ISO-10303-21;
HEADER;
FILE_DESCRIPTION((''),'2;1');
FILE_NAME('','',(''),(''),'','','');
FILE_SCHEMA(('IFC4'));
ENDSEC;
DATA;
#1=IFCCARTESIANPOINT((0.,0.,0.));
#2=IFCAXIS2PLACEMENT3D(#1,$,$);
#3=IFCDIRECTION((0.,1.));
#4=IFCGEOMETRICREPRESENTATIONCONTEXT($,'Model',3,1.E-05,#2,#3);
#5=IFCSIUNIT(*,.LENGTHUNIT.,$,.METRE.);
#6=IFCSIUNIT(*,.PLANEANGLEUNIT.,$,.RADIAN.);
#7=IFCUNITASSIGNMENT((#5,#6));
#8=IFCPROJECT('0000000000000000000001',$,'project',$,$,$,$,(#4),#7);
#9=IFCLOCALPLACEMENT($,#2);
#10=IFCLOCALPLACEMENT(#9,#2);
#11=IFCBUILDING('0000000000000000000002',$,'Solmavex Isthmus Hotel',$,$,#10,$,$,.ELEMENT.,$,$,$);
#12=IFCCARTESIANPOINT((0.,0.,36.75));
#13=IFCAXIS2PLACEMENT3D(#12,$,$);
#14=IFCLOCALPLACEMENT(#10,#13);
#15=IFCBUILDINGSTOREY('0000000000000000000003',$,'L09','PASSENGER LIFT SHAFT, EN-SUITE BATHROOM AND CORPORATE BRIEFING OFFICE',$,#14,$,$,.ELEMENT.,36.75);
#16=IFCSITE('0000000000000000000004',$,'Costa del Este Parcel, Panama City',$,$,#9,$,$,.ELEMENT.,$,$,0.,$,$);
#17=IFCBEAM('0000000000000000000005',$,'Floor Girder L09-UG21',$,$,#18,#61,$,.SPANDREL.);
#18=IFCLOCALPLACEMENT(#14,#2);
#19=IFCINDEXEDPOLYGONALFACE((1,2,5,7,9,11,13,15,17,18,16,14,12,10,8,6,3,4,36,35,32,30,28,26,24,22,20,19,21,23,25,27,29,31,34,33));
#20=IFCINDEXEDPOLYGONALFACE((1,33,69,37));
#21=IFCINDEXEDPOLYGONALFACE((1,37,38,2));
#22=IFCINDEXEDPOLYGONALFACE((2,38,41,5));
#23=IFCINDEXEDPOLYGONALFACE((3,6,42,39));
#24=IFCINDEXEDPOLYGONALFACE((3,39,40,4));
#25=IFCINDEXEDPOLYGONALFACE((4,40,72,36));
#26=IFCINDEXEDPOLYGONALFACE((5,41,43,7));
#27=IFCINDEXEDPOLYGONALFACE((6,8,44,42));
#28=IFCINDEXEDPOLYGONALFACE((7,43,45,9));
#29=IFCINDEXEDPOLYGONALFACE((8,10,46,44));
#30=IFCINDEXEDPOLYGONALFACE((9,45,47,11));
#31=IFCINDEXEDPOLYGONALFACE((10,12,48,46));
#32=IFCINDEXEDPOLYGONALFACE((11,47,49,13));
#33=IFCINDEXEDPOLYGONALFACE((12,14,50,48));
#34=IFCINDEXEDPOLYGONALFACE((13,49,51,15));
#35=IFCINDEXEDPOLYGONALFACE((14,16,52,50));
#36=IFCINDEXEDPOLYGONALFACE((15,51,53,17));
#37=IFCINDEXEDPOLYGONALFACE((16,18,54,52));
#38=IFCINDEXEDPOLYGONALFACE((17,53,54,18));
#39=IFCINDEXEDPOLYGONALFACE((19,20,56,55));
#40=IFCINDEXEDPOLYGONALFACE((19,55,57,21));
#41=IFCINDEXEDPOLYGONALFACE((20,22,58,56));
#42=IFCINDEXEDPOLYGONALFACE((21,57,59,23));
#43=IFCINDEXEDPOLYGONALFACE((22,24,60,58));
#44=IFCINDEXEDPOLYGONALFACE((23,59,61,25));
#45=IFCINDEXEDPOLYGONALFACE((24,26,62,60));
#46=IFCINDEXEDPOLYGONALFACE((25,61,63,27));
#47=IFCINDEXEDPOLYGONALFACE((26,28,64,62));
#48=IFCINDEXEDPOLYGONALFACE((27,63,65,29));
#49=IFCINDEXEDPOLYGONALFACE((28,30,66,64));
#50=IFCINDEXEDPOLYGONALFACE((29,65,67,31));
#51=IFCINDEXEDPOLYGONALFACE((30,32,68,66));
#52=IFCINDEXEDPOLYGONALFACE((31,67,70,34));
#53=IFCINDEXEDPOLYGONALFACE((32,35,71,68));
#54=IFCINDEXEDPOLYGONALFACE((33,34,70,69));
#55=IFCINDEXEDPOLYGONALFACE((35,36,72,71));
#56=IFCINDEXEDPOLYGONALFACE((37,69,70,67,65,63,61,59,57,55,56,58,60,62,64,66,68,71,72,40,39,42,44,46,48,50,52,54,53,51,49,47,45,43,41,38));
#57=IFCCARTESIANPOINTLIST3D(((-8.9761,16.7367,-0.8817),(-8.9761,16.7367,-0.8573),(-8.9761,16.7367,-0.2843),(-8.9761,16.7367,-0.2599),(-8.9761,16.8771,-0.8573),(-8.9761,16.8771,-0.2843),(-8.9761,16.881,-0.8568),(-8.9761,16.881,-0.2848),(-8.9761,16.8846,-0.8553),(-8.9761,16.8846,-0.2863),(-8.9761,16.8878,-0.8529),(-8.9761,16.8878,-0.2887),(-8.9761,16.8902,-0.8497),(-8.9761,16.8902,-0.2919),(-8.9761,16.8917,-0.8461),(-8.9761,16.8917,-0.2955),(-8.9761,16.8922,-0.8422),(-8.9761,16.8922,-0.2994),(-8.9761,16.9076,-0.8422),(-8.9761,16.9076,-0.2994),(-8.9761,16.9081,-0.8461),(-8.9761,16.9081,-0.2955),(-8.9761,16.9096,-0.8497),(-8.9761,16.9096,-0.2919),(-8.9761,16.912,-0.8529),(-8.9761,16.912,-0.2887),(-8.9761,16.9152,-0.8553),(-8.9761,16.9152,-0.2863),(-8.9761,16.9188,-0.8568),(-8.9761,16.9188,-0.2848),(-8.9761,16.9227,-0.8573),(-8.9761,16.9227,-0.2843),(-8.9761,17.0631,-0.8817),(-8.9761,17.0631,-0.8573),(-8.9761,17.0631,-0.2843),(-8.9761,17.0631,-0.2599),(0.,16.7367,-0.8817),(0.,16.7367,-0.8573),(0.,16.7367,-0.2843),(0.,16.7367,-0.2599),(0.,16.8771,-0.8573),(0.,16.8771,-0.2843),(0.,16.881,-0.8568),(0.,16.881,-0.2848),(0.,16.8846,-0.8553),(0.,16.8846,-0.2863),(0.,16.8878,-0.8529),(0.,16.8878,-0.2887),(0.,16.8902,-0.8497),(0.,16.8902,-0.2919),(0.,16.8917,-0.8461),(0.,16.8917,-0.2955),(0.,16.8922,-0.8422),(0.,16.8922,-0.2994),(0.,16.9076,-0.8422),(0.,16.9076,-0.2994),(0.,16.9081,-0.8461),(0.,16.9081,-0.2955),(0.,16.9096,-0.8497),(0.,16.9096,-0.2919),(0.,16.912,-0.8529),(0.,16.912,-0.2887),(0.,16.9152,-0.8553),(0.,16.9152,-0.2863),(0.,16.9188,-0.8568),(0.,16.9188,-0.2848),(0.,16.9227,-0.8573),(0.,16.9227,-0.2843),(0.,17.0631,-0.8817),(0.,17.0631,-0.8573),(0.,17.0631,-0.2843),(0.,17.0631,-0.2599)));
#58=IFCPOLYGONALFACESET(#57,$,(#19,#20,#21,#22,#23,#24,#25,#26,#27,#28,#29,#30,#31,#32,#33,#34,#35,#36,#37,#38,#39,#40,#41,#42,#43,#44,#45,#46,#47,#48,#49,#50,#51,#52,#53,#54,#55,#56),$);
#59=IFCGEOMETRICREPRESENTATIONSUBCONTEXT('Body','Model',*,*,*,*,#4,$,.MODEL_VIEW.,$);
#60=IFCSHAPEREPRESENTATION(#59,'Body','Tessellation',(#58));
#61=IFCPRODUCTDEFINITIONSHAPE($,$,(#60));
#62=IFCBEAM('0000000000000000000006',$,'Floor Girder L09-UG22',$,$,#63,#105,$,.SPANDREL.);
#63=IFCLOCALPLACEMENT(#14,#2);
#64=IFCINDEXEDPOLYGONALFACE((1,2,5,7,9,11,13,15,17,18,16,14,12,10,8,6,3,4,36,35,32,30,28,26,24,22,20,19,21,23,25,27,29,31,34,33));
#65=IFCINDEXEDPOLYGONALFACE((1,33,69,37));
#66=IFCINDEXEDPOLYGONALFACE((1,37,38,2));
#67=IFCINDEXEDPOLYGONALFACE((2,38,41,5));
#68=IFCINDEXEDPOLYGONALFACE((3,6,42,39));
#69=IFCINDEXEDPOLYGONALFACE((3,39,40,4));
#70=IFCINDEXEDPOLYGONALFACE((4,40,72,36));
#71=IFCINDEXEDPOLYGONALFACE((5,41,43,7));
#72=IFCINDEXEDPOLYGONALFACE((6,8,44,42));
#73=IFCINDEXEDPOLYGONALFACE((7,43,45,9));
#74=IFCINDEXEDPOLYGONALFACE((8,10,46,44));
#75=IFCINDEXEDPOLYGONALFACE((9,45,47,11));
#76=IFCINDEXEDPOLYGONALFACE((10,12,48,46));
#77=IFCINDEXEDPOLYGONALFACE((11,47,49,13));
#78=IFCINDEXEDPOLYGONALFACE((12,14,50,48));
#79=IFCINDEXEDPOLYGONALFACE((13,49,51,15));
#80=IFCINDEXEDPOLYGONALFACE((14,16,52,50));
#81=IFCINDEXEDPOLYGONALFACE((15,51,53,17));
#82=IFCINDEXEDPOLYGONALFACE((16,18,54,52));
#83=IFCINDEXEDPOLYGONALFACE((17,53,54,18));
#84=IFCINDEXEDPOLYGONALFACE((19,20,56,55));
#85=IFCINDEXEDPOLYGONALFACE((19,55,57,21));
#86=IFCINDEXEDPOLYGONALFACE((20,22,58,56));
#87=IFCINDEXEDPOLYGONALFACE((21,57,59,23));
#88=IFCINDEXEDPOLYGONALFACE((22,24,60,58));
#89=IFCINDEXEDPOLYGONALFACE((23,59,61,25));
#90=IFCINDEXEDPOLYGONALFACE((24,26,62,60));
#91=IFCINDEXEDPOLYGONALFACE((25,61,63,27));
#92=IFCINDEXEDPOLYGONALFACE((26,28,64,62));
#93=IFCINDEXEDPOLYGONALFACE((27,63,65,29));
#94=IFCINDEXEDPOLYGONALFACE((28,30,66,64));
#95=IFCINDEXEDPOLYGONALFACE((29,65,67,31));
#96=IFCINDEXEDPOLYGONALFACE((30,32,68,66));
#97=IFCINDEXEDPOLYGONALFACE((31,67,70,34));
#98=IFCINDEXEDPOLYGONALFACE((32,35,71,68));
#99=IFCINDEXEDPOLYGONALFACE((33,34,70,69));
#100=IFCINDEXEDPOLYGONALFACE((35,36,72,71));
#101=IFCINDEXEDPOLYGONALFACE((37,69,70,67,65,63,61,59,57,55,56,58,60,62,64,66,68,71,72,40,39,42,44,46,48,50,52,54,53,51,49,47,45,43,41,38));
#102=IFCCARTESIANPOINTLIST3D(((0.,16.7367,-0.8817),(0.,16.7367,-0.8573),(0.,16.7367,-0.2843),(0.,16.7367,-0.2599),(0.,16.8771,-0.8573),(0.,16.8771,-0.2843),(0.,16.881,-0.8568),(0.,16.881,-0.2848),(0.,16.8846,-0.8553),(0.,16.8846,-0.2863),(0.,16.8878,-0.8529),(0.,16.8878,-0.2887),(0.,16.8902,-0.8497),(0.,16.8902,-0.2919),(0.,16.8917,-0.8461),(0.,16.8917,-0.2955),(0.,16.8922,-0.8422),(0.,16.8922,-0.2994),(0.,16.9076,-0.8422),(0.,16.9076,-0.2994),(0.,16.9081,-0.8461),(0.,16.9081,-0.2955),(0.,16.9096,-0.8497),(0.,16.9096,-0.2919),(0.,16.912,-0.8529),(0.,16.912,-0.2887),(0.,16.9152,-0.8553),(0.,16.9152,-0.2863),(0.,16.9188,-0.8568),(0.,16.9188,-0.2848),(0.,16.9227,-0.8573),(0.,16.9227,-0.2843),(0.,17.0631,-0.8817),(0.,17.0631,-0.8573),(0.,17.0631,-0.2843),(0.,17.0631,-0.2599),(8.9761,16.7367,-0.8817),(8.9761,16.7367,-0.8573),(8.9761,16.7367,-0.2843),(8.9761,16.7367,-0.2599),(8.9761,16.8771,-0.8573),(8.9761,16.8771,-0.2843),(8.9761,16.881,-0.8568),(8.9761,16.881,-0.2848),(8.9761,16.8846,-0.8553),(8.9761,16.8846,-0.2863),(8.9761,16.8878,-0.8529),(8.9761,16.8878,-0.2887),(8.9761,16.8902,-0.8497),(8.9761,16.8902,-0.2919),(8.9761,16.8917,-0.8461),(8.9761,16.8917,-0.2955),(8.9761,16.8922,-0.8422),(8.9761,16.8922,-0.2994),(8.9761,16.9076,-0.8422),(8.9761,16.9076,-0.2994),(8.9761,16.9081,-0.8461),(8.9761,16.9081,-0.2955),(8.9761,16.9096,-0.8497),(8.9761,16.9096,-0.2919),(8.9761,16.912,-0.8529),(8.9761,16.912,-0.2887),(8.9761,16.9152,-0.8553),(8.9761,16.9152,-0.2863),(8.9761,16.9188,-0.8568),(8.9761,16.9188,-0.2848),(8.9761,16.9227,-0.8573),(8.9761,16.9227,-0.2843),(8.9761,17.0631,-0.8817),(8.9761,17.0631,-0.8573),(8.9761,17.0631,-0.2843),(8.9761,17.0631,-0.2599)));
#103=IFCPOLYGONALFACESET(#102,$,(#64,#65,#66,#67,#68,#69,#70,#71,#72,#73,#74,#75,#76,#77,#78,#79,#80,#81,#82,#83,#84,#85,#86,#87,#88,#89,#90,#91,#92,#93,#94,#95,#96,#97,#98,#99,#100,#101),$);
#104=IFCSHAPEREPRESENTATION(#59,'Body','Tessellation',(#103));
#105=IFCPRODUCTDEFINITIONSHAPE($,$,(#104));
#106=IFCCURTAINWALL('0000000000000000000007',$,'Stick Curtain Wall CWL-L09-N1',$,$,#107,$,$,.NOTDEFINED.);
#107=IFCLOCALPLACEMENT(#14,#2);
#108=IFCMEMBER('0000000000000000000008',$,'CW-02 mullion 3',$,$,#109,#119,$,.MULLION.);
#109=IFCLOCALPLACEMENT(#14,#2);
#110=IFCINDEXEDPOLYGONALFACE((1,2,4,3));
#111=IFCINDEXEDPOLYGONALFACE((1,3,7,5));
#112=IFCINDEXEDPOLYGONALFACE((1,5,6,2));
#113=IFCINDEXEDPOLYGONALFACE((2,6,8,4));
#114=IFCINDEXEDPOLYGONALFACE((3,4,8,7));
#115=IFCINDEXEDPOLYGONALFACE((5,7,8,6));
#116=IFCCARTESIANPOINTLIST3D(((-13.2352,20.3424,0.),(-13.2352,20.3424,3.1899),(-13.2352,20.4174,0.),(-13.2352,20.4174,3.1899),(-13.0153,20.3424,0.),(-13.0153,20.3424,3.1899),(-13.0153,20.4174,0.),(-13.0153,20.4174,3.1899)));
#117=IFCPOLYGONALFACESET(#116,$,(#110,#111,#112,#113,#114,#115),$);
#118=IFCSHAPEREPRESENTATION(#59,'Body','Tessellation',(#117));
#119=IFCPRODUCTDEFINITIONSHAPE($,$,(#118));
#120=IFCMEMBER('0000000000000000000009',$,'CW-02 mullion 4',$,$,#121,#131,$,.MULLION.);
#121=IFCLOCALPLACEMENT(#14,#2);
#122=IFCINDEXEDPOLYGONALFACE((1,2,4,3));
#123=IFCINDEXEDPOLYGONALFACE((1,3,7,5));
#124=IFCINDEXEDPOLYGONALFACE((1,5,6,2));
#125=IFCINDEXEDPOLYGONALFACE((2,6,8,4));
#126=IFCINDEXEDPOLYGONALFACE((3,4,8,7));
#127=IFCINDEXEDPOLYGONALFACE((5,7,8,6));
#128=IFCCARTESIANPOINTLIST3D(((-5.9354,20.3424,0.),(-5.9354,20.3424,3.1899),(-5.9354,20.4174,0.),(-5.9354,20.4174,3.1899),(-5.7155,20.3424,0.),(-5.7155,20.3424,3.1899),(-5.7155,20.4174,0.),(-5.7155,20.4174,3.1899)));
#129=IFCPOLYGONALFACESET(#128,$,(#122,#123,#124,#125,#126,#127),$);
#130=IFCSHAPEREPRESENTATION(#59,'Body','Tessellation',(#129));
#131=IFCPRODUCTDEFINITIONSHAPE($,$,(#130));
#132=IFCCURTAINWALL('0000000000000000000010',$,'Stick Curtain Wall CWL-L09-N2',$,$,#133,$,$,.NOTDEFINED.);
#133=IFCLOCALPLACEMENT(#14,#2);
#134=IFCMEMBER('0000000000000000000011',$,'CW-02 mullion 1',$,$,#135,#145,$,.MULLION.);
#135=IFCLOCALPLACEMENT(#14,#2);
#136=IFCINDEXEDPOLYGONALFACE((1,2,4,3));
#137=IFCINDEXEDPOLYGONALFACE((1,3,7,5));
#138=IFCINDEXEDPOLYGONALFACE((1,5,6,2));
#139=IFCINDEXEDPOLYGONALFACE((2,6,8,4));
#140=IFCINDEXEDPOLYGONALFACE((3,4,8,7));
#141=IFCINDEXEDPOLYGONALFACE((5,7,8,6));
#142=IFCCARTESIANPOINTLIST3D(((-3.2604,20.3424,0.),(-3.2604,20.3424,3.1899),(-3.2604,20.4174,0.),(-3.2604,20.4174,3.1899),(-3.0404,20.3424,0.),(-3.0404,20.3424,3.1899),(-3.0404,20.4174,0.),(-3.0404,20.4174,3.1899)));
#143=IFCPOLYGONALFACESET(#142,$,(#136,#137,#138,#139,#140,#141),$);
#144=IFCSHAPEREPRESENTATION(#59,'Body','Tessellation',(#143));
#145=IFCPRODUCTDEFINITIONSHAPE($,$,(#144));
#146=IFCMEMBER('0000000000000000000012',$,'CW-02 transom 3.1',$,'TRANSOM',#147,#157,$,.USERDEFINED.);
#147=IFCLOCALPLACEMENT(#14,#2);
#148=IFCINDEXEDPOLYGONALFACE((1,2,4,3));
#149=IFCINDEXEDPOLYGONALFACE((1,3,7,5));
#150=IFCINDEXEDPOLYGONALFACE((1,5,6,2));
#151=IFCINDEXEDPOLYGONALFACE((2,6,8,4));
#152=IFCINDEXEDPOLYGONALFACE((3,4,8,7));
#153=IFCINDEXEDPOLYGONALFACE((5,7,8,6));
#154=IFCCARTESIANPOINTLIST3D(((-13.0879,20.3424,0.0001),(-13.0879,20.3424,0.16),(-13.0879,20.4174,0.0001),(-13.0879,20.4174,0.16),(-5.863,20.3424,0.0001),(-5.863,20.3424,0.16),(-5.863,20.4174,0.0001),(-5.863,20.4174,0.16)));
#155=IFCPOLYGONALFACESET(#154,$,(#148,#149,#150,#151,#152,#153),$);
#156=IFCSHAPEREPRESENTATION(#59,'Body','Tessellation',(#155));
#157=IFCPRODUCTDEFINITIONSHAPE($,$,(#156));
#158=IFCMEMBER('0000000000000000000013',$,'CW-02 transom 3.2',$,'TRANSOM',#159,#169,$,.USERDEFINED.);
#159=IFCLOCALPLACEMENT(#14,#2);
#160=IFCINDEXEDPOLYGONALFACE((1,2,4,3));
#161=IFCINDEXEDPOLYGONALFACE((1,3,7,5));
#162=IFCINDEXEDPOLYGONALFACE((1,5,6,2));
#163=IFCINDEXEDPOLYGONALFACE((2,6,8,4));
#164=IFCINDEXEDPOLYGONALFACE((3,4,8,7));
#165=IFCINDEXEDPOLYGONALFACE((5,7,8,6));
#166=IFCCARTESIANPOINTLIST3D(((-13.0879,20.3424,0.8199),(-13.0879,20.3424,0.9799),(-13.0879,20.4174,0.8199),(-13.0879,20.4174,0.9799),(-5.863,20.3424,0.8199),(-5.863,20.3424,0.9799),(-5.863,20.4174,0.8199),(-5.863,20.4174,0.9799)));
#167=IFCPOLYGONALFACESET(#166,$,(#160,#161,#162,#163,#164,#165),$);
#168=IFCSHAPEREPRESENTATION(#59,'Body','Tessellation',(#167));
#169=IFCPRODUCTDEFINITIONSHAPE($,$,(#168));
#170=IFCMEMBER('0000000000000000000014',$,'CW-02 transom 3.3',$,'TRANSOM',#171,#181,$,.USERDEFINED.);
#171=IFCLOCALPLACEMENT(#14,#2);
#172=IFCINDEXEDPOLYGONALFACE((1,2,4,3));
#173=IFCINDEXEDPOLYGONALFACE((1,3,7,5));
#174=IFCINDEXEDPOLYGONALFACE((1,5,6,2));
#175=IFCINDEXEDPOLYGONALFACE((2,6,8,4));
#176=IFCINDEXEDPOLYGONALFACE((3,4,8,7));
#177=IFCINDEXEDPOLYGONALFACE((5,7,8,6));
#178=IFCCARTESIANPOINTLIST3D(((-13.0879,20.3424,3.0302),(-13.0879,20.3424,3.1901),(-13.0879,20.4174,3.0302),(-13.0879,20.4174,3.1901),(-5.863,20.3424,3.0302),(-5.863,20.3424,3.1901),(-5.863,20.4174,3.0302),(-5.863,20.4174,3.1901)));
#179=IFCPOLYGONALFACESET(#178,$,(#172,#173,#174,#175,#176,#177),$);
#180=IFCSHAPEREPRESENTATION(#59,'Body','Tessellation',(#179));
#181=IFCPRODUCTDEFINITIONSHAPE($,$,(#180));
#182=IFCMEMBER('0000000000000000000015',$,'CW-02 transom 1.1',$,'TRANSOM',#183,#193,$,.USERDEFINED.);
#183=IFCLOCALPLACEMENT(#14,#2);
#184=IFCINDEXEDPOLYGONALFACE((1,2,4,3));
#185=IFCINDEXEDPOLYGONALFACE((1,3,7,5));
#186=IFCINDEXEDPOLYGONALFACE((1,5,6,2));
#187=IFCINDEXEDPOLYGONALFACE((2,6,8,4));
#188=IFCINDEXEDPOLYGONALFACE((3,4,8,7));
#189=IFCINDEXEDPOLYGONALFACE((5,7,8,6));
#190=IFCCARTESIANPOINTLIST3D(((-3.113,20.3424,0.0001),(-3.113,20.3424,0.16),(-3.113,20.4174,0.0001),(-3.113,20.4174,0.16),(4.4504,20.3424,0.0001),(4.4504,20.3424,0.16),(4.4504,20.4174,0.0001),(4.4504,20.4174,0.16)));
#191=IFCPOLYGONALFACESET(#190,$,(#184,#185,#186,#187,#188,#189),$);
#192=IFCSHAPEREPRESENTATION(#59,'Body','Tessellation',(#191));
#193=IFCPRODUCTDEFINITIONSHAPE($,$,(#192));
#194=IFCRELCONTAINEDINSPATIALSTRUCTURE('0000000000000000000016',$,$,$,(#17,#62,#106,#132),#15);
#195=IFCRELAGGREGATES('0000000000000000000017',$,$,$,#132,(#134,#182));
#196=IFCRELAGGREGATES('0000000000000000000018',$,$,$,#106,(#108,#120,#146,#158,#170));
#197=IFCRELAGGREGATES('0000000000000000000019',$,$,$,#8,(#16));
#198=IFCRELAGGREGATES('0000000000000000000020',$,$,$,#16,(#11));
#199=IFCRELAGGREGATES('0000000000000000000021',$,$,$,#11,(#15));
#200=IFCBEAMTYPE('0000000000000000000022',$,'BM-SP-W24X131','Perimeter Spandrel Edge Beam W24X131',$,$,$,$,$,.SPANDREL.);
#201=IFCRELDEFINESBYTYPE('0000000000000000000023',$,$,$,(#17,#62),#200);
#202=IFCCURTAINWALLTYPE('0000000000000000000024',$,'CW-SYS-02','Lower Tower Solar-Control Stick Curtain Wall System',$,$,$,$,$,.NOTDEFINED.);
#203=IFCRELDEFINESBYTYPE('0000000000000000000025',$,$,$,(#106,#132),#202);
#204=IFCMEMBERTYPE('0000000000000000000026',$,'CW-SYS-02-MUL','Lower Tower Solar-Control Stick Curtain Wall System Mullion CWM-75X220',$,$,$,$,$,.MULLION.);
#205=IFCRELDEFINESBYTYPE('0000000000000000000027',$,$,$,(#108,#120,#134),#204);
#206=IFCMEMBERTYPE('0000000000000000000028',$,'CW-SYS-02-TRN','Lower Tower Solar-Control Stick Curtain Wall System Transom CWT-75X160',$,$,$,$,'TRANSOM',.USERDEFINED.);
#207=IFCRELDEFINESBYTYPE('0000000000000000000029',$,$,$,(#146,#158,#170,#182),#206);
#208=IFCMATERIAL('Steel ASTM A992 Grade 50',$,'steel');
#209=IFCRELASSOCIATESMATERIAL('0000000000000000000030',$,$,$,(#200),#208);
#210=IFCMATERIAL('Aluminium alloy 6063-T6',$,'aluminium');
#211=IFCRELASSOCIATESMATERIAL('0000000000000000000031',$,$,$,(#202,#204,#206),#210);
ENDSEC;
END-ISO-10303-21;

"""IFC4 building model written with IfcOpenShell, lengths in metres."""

from ifc_helpers import new_model, si_unit, direction, frame, origin, origin_2d, place, context, subcontext, project, spatial, rectangle, i_section, extrude, material, material_profile, profile_set, type_object, element, aggregate, save


model = new_model("IFC4")

# Units and contexts
model_context = context("Model", 3, precision=1e-05, world=origin(), true_north=direction((0.0, 1.0)))
body_context = subcontext(model_context, "Body", "Model", "MODEL_VIEW")
ifc_project = project(units=[si_unit("LENGTHUNIT", "METRE"), si_unit("PLANEANGLEUNIT", "RADIAN")], contexts=[model_context])

# Site, building, storey
site_placement = place(None, origin())
site = spatial("IfcSite", under=ifc_project, at=site_placement, Name="Costa del Este Parcel, Panama City", CompositionType="ELEMENT", RefElevation=0.0)
building_placement = place(site_placement, origin())
building = spatial("IfcBuilding", under=site, at=building_placement, Name="Solmavex Isthmus Hotel", CompositionType="ELEMENT")
storey_placement = place(building_placement, frame((0.0, 0.0, 36.75)))
storey = spatial("IfcBuildingStorey", under=building, at=storey_placement, Name="L09", Description="PASSENGER LIFT SHAFT, EN-SUITE BATHROOM AND CORPORATE BRIEFING OFFICE", CompositionType="ELEMENT", Elevation=36.75)

# Beams
ifc_material_1 = material(Name="Steel ASTM A992 Grade 50", Category="steel")
ifc_material_profile_1 = material_profile(ifc_material_1, i_section(OverallWidth=0.3264, OverallDepth=0.6218, WebThickness=0.0154, FlangeThickness=0.0244, FilletRadius=0.0151, at=origin_2d()), Name="W24X131")
ifc_profile_set_1 = profile_set([ifc_material_profile_1], Name="Steel ASTM A992 Grade 50")
beam_type = type_object("IfcBeamType", Name="BM-SP-W24X131", Description="Perimeter Spandrel Edge Beam W24X131", PredefinedType="SPANDREL", material=ifc_profile_set_1)
for number, where, z_axis, x_axis, name in (
    (1, (-8.9761, 16.8999, -0.5708), (1.0, 0.0, 0.0), (0.0, 1.0, 0.0), "Floor Girder L09-UG21"),
    (2, (0.0, 16.8999, -0.5708), (1.0, 0.0, 0.0), (0.0, 1.0, 0.0), "Floor Girder L09-UG22"),
):
    element("IfcBeam", number, at=place(storey_placement, frame(where, z_axis=z_axis, x_axis=x_axis)), inside=storey, type_object=beam_type, Name=name, PredefinedType="SPANDREL", context=body_context, shape_type="SweptSolid", body=[
        extrude(i_section(OverallWidth=0.3264, OverallDepth=0.6218, WebThickness=0.0154, FlangeThickness=0.0244, FilletRadius=0.0151, at=origin_2d()), origin(), (0.0, 0.0, 1.0), 8.9761),
    ])

# Curtain wall, members
ifc_material_2 = material(Name="Aluminium alloy 6063-T6", Category="aluminium")
curtain_wall_type = type_object("IfcCurtainWallType", Name="CW-SYS-02", Description="Lower Tower Solar-Control Stick Curtain Wall System", PredefinedType="NOTDEFINED", material=ifc_material_2)
curtain_wall_1_placement = place(storey_placement, origin())
curtain_wall_1 = element("IfcCurtainWall", 3, at=curtain_wall_1_placement, inside=storey, type_object=curtain_wall_type, Name="Stick Curtain Wall CWL-L09-N1", PredefinedType="NOTDEFINED")
ifc_material_profile_2 = material_profile(ifc_material_2, rectangle(XDim=0.075, YDim=0.22, at=origin_2d()), Name="CWM-75X220")
ifc_profile_set_2 = profile_set([ifc_material_profile_2], Name="Aluminium alloy 6063-T6")
member_type_1 = type_object("IfcMemberType", Name="CW-SYS-02-MUL", Description="Lower Tower Solar-Control Stick Curtain Wall System Mullion CWM-75X220", PredefinedType="MULLION", material=ifc_profile_set_2)
member_1_placement = place(storey_placement, frame((-13.1252, 20.3799, 0.0), z_axis=(0.0, 0.0, 1.0), x_axis=(0.0, 1.0, 0.0)))
member_1 = element("IfcMember", 4, at=member_1_placement, type_object=member_type_1, Name="CW-02 mullion 3", PredefinedType="MULLION", context=body_context, shape_type="SweptSolid", body=[
    extrude(rectangle(XDim=0.075, YDim=0.22, at=origin_2d()), origin(), (0.0, 0.0, 1.0), 3.1899),
])
member_2_placement = place(storey_placement, frame((-5.8254, 20.3799, 0.0), z_axis=(0.0, 0.0, 1.0), x_axis=(0.0, 1.0, 0.0)))
member_2 = element("IfcMember", 5, at=member_2_placement, type_object=member_type_1, Name="CW-02 mullion 4", PredefinedType="MULLION", context=body_context, shape_type="SweptSolid", body=[
    extrude(rectangle(XDim=0.075, YDim=0.22, at=origin_2d()), origin(), (0.0, 0.0, 1.0), 3.1899),
])

# Curtain wall, member
curtain_wall_2_placement = place(storey_placement, origin())
curtain_wall_2 = element("IfcCurtainWall", 6, at=curtain_wall_2_placement, inside=storey, type_object=curtain_wall_type, Name="Stick Curtain Wall CWL-L09-N2", PredefinedType="NOTDEFINED")
member_3_placement = place(storey_placement, frame((-3.1504, 20.3799, 0.0), z_axis=(0.0, 0.0, 1.0), x_axis=(0.0, 1.0, 0.0)))
member_3 = element("IfcMember", 7, at=member_3_placement, type_object=member_type_1, Name="CW-02 mullion 1", PredefinedType="MULLION", context=body_context, shape_type="SweptSolid", body=[
    extrude(rectangle(XDim=0.075, YDim=0.22, at=origin_2d()), origin(), (0.0, 0.0, 1.0), 3.1899),
])

# Members
ifc_material_profile_3 = material_profile(ifc_material_2, rectangle(XDim=0.075, YDim=0.1599, at=origin_2d()), Name="CWT-75X160")
ifc_profile_set_3 = profile_set([ifc_material_profile_3], Name="Aluminium alloy 6063-T6")
member_type_2 = type_object("IfcMemberType", Name="CW-SYS-02-TRN", Description="Lower Tower Solar-Control Stick Curtain Wall System Transom CWT-75X160", ElementType="TRANSOM", PredefinedType="USERDEFINED", material=ifc_profile_set_3)
member_4_placement = place(storey_placement, frame((-13.0879, 20.3799, 0.0801), z_axis=(1.0, 0.0, 0.0), x_axis=(0.0, 1.0, 0.0)))
member_4 = element("IfcMember", 8, at=member_4_placement, type_object=member_type_2, Name="CW-02 transom 3.1", ObjectType="TRANSOM", PredefinedType="USERDEFINED", context=body_context, shape_type="SweptSolid", body=[
    extrude(rectangle(XDim=0.075, YDim=0.1599, at=origin_2d()), origin(), (0.0, 0.0, 1.0), 7.2249),
])
member_5_placement = place(storey_placement, frame((-13.0879, 20.3799, 0.8999), z_axis=(1.0, 0.0, 0.0), x_axis=(0.0, 1.0, 0.0)))
member_5 = element("IfcMember", 9, at=member_5_placement, type_object=member_type_2, Name="CW-02 transom 3.2", ObjectType="TRANSOM", PredefinedType="USERDEFINED", context=body_context, shape_type="SweptSolid", body=[
    extrude(rectangle(XDim=0.075, YDim=0.1599, at=origin_2d()), origin(), (0.0, 0.0, 1.0), 7.2249),
])
member_6_placement = place(storey_placement, frame((-13.0879, 20.3799, 3.1101), z_axis=(1.0, 0.0, 0.0), x_axis=(0.0, 1.0, 0.0)))
member_6 = element("IfcMember", 10, at=member_6_placement, type_object=member_type_2, Name="CW-02 transom 3.3", ObjectType="TRANSOM", PredefinedType="USERDEFINED", context=body_context, shape_type="SweptSolid", body=[
    extrude(rectangle(XDim=0.075, YDim=0.1599, at=origin_2d()), origin(), (0.0, 0.0, 1.0), 7.2249),
])
member_7_placement = place(storey_placement, frame((-3.113, 20.3799, 0.0801), z_axis=(1.0, 0.0, 0.0), x_axis=(0.0, 1.0, 0.0)))
member_7 = element("IfcMember", 11, at=member_7_placement, type_object=member_type_2, Name="CW-02 transom 1.1", ObjectType="TRANSOM", PredefinedType="USERDEFINED", context=body_context, shape_type="SweptSolid", body=[
    extrude(rectangle(XDim=0.075, YDim=0.1599, at=origin_2d()), origin(), (0.0, 0.0, 1.0), 7.5635),
])
aggregate(curtain_wall_2, [member_3, member_7])

aggregate(curtain_wall_1, [member_1, member_2, member_4, member_5, member_6])

save(model, "model.ifc")
